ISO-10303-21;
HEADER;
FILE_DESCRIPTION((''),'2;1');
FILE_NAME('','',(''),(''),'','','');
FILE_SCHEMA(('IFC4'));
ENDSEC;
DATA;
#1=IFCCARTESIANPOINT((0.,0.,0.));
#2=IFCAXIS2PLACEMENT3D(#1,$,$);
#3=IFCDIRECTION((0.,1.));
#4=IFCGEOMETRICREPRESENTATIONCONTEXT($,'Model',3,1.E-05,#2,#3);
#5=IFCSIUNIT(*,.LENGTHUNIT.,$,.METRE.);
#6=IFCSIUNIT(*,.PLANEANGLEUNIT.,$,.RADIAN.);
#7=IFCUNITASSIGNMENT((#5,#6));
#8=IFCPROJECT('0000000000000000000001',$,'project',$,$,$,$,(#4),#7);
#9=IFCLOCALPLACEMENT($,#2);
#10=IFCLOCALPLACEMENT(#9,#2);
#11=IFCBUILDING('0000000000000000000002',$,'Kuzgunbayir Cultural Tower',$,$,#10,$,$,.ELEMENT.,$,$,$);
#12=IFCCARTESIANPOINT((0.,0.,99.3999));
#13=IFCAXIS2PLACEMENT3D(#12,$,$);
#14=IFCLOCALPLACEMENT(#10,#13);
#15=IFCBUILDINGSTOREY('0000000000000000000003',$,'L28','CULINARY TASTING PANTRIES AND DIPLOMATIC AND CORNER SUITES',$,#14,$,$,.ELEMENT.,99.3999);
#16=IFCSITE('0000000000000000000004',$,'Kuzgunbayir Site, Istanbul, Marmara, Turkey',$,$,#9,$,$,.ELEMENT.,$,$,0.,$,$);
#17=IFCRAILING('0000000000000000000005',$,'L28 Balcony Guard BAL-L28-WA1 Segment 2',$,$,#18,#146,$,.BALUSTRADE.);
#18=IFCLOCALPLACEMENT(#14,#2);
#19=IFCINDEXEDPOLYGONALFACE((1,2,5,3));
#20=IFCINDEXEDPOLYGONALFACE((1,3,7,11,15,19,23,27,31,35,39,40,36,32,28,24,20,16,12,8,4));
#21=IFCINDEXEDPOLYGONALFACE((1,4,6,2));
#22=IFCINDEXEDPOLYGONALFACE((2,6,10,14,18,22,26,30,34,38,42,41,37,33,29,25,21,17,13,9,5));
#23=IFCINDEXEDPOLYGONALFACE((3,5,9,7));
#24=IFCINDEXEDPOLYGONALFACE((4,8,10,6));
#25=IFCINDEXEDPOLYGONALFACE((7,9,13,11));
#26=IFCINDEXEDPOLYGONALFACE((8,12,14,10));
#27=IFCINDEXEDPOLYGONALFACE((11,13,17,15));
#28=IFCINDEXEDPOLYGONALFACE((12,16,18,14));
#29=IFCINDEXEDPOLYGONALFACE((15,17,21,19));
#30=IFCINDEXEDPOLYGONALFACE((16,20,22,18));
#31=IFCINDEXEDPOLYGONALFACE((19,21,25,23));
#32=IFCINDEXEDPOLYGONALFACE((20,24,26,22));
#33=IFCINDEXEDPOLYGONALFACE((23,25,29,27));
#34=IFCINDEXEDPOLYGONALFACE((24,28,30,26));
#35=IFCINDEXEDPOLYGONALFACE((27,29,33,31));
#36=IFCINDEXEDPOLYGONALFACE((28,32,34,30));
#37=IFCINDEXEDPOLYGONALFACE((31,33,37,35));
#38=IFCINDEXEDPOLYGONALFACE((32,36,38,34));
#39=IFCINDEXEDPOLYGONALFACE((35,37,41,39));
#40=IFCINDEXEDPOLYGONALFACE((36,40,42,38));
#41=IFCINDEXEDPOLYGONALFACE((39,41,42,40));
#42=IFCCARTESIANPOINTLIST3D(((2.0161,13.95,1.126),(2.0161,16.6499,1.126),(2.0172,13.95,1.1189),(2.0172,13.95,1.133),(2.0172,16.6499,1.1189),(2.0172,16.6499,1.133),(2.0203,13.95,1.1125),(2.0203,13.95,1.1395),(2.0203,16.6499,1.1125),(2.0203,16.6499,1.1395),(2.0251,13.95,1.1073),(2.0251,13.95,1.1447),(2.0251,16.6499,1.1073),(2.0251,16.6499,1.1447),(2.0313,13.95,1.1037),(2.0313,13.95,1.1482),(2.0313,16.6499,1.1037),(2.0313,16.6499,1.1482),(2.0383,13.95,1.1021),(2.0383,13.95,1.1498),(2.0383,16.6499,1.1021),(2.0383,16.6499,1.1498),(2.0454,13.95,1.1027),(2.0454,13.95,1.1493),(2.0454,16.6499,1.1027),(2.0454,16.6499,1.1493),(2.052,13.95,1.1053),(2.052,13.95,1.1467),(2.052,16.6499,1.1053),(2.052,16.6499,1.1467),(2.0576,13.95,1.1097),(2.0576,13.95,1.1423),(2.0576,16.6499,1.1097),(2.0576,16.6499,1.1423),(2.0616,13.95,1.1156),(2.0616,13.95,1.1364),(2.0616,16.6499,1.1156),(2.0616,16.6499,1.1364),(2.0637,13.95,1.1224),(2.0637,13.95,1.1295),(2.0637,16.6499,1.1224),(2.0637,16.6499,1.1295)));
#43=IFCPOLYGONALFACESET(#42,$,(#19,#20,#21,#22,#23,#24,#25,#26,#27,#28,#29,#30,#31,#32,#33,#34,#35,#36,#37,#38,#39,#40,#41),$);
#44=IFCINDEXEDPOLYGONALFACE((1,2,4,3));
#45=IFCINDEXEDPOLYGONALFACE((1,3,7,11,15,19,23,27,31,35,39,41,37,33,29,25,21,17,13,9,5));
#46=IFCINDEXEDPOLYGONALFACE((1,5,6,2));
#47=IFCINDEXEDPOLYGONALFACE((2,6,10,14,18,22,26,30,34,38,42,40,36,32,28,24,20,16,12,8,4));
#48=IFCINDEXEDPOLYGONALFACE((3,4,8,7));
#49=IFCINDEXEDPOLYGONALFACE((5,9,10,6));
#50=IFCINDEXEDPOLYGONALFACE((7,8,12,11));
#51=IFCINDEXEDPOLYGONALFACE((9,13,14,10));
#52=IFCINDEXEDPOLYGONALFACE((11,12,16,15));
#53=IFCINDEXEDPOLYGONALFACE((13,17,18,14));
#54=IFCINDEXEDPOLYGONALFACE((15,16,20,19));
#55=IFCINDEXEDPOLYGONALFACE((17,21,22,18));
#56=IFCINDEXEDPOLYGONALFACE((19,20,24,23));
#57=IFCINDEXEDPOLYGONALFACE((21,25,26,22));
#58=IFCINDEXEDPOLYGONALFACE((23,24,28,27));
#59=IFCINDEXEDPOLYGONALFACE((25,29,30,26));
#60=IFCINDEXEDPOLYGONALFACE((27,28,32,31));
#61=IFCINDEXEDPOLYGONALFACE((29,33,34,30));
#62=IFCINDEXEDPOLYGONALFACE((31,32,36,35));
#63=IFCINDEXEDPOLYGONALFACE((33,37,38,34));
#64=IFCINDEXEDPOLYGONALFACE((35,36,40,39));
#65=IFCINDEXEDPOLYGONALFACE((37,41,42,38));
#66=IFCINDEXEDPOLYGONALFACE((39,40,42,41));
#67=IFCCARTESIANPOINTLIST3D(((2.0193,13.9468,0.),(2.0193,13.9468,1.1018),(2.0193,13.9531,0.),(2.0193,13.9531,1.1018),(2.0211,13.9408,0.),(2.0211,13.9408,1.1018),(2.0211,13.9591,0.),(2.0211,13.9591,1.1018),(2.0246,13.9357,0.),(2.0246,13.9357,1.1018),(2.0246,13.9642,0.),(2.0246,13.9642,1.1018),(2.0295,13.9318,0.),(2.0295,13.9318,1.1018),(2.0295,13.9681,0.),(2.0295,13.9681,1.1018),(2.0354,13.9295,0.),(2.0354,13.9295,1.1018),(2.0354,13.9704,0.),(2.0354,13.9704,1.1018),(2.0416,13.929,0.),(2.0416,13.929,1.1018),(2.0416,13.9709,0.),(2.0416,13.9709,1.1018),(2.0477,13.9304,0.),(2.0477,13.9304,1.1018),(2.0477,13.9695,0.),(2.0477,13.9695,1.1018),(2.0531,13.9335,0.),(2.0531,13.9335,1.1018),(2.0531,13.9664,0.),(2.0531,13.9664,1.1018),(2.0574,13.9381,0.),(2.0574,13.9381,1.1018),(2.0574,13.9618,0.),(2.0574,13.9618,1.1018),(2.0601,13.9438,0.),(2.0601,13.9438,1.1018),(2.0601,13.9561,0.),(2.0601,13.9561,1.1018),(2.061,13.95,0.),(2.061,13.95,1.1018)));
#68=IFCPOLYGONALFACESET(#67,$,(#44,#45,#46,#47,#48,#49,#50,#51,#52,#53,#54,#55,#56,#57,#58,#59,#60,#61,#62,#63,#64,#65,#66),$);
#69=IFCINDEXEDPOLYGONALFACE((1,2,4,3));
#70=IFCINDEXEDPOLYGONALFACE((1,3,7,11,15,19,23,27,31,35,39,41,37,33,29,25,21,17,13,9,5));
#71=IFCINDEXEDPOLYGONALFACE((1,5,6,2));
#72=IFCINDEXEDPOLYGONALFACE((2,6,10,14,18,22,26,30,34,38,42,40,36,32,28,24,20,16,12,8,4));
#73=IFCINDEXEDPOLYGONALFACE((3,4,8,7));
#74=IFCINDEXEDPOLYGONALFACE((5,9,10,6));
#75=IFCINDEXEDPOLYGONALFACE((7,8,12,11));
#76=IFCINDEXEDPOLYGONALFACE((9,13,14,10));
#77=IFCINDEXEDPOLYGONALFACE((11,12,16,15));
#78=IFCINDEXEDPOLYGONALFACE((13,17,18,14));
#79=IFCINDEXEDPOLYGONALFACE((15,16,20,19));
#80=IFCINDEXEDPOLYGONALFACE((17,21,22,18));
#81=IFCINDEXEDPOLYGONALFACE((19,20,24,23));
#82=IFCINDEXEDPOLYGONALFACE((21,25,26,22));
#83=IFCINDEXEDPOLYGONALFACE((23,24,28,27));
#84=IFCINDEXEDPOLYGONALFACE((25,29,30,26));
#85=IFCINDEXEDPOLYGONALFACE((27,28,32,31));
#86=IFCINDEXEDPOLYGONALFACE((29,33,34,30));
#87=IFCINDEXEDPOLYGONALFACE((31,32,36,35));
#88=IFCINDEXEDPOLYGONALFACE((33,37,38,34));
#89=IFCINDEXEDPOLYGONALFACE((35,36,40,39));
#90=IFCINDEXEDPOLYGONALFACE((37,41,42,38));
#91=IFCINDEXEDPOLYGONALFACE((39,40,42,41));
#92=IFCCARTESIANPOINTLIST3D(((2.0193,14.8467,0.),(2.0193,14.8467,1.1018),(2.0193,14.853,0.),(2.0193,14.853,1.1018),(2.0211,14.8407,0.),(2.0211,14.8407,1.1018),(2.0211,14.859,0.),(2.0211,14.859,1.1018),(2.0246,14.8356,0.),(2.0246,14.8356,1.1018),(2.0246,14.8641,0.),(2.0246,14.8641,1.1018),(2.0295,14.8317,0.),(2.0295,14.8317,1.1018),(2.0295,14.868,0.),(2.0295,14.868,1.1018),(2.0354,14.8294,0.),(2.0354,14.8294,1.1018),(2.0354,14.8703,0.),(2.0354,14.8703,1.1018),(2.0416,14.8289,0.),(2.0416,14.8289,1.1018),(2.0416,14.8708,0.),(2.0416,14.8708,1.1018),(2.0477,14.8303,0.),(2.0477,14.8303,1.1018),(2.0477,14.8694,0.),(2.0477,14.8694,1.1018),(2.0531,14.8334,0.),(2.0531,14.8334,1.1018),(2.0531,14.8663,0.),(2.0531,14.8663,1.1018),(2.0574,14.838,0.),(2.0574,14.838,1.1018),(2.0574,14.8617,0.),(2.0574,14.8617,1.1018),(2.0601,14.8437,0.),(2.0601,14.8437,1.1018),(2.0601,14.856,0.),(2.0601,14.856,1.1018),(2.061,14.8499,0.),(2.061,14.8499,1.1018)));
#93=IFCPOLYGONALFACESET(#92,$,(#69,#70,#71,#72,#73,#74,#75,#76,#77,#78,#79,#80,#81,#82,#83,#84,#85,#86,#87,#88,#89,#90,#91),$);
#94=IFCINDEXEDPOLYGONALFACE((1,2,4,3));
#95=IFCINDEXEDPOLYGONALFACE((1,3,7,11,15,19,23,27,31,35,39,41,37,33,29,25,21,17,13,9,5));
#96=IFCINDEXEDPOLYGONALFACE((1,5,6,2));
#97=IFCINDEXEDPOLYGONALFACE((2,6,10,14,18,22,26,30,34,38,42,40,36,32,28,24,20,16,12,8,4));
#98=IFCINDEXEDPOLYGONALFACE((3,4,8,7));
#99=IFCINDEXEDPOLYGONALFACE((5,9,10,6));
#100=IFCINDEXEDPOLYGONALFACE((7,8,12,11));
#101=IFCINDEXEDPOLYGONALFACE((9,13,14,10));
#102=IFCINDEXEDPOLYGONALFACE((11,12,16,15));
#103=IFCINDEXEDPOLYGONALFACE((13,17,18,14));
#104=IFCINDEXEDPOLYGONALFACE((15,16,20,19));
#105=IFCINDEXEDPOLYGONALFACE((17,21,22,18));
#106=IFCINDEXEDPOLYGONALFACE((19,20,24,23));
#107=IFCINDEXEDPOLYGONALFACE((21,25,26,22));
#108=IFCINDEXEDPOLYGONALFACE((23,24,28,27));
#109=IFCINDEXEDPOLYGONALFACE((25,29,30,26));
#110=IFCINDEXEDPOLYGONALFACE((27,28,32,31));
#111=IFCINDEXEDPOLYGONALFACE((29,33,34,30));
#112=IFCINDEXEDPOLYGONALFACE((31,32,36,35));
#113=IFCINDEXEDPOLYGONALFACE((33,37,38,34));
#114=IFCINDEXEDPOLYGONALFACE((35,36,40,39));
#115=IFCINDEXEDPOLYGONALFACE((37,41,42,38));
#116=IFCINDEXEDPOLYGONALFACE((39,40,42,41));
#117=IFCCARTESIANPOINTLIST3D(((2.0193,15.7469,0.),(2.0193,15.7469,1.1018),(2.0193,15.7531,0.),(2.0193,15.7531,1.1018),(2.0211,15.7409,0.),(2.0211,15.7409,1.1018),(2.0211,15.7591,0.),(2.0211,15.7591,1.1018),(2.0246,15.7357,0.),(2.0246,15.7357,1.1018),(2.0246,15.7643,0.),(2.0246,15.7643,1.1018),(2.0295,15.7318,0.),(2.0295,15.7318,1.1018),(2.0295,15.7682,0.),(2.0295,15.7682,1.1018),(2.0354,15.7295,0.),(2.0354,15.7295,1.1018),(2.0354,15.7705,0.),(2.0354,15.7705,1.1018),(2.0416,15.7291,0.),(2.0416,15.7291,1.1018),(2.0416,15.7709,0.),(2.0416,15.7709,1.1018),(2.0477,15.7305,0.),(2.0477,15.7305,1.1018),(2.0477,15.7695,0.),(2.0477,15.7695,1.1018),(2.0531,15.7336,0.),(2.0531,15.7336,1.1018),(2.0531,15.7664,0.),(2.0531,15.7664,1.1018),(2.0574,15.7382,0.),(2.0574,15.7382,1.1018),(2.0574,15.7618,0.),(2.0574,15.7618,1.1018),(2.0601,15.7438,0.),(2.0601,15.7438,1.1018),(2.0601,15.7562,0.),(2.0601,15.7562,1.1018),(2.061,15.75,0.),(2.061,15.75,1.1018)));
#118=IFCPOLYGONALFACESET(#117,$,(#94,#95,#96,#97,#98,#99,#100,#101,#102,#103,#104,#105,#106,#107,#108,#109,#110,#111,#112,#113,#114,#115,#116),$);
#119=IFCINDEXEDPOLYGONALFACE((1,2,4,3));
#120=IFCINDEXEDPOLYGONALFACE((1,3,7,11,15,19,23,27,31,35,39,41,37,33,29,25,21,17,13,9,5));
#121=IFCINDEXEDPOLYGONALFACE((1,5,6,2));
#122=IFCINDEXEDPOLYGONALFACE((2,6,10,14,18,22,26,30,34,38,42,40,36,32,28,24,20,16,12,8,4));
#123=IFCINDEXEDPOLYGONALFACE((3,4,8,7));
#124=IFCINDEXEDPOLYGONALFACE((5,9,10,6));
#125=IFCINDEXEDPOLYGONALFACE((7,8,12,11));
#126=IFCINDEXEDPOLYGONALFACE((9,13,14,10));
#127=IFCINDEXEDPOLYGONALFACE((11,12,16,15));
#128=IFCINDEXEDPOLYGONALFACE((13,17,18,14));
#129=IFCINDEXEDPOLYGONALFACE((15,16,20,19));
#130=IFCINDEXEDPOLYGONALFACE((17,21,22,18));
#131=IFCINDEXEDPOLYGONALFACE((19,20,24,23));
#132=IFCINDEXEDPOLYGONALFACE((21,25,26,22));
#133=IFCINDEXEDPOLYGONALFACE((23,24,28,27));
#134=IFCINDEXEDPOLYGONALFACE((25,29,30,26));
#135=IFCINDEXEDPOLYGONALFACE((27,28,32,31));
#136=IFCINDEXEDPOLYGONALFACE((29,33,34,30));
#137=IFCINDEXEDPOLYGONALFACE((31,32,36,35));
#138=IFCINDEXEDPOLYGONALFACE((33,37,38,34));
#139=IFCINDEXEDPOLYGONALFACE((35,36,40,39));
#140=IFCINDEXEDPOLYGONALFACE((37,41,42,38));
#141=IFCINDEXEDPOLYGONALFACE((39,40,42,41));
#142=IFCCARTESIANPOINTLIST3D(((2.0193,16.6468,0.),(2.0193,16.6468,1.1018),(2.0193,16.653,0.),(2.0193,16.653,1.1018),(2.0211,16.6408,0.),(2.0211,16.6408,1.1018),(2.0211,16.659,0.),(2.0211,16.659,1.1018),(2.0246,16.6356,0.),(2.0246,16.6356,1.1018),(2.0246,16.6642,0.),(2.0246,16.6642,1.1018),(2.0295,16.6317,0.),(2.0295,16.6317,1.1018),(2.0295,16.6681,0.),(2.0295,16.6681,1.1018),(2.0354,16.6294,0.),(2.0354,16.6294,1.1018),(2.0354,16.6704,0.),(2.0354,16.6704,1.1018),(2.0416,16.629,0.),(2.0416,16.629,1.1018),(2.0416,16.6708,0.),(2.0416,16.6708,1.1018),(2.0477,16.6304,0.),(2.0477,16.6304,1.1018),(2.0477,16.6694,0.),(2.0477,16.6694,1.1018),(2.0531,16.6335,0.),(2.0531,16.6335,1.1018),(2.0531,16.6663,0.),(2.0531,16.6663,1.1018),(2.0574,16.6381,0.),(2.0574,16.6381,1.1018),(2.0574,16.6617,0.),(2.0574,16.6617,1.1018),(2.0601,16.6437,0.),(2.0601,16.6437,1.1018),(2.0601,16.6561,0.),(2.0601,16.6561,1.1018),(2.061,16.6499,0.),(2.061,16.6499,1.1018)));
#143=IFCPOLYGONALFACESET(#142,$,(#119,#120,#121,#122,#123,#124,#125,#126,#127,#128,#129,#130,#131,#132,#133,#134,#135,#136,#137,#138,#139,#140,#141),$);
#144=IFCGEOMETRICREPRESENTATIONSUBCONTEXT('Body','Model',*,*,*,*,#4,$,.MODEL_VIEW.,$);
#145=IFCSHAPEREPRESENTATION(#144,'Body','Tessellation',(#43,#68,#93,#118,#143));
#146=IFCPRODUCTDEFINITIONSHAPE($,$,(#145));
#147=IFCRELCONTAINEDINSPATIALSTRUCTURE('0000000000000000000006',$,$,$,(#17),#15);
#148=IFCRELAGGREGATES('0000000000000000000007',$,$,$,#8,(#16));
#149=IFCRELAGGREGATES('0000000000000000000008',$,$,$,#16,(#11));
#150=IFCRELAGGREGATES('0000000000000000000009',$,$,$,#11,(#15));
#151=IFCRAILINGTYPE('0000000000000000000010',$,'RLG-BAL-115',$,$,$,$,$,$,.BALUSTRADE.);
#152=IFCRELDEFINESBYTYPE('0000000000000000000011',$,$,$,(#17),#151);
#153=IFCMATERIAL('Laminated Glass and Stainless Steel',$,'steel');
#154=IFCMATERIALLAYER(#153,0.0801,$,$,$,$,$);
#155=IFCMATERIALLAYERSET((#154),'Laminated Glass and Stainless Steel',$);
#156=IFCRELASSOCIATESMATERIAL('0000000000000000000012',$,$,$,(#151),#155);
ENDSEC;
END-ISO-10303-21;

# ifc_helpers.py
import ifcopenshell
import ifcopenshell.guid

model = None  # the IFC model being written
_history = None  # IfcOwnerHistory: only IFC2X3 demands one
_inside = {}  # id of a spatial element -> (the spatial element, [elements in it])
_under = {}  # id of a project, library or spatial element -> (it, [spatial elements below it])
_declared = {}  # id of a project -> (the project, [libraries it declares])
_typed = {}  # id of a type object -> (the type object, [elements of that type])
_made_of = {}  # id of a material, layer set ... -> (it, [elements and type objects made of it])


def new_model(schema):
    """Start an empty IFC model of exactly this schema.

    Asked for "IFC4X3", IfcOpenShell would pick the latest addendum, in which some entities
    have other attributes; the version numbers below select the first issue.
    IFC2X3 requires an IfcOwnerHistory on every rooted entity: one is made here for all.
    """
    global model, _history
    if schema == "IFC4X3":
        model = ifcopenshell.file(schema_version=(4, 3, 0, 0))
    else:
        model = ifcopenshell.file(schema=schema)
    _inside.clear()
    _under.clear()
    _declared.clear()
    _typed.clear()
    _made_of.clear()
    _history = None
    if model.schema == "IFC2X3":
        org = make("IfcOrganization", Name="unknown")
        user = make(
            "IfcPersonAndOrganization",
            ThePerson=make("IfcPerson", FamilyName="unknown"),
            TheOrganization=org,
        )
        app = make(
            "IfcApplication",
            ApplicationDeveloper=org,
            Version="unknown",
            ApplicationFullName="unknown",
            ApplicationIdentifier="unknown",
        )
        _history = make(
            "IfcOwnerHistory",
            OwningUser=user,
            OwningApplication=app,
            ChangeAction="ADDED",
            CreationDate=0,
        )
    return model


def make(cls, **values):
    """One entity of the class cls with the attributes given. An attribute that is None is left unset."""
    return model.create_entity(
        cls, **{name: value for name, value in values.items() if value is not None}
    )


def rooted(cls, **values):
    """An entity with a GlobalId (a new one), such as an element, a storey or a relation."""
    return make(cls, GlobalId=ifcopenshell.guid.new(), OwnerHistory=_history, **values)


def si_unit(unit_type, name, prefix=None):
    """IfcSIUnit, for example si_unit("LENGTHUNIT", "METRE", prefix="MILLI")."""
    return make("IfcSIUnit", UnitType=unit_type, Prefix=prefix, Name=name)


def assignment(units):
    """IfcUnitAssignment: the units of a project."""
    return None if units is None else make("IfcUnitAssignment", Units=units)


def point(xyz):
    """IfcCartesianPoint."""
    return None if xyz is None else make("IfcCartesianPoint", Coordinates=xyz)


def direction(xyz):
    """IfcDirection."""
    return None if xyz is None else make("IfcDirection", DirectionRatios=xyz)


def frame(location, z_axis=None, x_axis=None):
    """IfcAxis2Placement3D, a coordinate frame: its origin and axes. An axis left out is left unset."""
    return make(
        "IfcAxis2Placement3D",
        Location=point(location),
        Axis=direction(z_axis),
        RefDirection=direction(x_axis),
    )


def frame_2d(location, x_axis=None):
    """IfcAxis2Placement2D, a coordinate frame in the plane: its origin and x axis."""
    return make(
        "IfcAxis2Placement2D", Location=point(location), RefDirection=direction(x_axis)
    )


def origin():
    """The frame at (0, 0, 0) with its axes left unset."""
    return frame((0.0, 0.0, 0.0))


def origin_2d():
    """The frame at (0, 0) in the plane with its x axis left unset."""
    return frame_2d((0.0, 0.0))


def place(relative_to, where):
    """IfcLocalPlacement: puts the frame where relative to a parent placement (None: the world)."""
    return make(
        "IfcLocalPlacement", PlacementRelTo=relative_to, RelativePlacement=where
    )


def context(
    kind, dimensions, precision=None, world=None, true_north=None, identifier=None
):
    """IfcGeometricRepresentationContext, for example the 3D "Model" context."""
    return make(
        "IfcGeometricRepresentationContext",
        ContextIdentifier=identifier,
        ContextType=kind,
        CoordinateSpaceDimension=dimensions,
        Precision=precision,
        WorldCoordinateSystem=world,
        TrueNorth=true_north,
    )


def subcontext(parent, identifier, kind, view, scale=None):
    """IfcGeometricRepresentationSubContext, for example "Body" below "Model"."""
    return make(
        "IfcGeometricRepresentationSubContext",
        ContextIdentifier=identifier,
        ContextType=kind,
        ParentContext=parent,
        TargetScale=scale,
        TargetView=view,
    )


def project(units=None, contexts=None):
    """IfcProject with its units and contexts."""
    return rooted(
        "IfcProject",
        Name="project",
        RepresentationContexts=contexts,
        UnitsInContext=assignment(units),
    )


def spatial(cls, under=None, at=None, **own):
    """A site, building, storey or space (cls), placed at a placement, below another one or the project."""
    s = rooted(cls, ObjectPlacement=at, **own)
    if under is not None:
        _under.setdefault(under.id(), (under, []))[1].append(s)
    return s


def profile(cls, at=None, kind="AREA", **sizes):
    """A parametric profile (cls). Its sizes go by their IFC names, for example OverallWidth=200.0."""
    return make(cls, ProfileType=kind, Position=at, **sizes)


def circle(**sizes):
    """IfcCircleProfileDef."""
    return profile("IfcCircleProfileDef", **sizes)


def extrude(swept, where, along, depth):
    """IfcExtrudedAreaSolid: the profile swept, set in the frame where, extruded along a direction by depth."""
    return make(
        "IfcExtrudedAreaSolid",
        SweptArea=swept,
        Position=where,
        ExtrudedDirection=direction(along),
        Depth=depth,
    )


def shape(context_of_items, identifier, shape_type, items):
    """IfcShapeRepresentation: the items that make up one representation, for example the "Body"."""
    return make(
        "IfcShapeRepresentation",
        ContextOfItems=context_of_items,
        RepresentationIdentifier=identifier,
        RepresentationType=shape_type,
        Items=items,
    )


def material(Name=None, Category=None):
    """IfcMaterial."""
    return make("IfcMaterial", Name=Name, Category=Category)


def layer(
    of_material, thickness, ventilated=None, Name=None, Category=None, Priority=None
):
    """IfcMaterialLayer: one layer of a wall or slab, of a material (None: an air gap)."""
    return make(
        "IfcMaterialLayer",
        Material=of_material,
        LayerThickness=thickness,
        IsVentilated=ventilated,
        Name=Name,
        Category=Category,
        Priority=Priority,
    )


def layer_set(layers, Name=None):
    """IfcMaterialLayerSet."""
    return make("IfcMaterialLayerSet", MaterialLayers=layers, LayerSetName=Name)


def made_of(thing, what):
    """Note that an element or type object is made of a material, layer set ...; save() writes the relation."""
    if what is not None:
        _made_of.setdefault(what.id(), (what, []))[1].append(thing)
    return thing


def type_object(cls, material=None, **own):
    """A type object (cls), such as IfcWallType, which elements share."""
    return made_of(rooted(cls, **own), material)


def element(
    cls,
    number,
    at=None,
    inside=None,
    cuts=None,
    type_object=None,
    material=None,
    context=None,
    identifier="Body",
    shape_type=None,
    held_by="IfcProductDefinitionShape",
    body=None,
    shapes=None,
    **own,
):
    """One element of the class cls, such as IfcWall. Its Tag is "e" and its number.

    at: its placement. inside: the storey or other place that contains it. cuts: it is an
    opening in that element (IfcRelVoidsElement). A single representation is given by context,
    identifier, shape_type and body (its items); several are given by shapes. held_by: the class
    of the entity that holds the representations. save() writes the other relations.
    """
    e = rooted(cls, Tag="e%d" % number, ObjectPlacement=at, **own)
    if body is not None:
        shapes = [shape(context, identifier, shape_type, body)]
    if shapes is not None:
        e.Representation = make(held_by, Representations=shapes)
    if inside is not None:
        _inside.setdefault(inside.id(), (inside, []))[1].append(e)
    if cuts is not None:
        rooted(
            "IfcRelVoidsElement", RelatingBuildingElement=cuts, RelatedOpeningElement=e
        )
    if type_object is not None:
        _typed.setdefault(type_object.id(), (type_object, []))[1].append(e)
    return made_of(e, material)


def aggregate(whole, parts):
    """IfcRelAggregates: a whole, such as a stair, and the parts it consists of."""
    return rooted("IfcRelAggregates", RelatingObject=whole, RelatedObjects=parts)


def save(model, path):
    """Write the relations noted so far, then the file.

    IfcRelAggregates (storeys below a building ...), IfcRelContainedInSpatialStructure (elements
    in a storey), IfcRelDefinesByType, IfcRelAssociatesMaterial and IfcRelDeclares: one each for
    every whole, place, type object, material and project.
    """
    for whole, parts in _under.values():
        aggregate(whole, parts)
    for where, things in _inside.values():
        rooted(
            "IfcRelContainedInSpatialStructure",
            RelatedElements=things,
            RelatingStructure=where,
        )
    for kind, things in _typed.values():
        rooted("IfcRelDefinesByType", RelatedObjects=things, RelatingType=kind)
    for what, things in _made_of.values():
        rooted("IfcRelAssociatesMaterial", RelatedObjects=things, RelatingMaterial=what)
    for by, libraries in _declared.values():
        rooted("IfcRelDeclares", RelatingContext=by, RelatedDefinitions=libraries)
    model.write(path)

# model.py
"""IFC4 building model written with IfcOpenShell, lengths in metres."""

from ifc_helpers import new_model, si_unit, direction, frame, origin, origin_2d, place, context, subcontext, project, spatial, circle, extrude, material, layer, layer_set, type_object, element, save


model = new_model("IFC4")

# Units and contexts
model_context = context("Model", 3, precision=1e-05, world=origin(), true_north=direction((0.0, 1.0)))
body_context = subcontext(model_context, "Body", "Model", "MODEL_VIEW")
ifc_project = project(units=[si_unit("LENGTHUNIT", "METRE"), si_unit("PLANEANGLEUNIT", "RADIAN")], contexts=[model_context])

# Site, building, storey
site_placement = place(None, origin())
site = spatial("IfcSite", under=ifc_project, at=site_placement, Name="Kuzgunbayir Site, Istanbul, Marmara, Turkey", CompositionType="ELEMENT", RefElevation=0.0)
building_placement = place(site_placement, origin())
building = spatial("IfcBuilding", under=site, at=building_placement, Name="Kuzgunbayir Cultural Tower", CompositionType="ELEMENT")
storey_placement = place(building_placement, frame((0.0, 0.0, 99.3999)))
storey = spatial("IfcBuildingStorey", under=building, at=storey_placement, Name="L28", Description="CULINARY TASTING PANTRIES AND DIPLOMATIC AND CORNER SUITES", CompositionType="ELEMENT", Elevation=99.3999)

# Railing
ifc_material_1 = material(Name="Laminated Glass and Stainless Steel", Category="steel")
ifc_layer_1 = layer(ifc_material_1, 0.0801)
ifc_layer_set_1 = layer_set([ifc_layer_1], Name="Laminated Glass and Stainless Steel")
railing_type = type_object("IfcRailingType", Name="RLG-BAL-115", PredefinedType="BALUSTRADE", material=ifc_layer_set_1)
railing_1_placement = place(storey_placement, frame((2.04, 13.95, 0.0)))
element("IfcRailing", 1, at=railing_1_placement, inside=storey, type_object=railing_type, Name="L28 Balcony Guard BAL-L28-WA1 Segment 2", PredefinedType="BALUSTRADE", context=body_context, shape_type="SweptSolid", body=[
    extrude(circle(Radius=0.0239, at=origin_2d()), frame((0.0, 0.0, 1.126), z_axis=(0.0, 1.0, 0.0), x_axis=(-1.0, 0.0, 0.0)), (0.0, 0.0, 1.0), 2.7),
    extrude(circle(Radius=0.021, at=origin_2d()), origin(), (0.0, 0.0, 1.0), 1.1018),
    extrude(circle(Radius=0.021, at=origin_2d()), frame((0.0, 0.8999, 0.0)), (0.0, 0.0, 1.0), 1.1018),
    extrude(circle(Radius=0.021, at=origin_2d()), frame((0.0, 1.8, 0.0)), (0.0, 0.0, 1.0), 1.1018),
    extrude(circle(Radius=0.021, at=origin_2d()), frame((0.0, 2.7, 0.0)), (0.0, 0.0, 1.0), 1.1018),
])

save(model, "model.ifc")
